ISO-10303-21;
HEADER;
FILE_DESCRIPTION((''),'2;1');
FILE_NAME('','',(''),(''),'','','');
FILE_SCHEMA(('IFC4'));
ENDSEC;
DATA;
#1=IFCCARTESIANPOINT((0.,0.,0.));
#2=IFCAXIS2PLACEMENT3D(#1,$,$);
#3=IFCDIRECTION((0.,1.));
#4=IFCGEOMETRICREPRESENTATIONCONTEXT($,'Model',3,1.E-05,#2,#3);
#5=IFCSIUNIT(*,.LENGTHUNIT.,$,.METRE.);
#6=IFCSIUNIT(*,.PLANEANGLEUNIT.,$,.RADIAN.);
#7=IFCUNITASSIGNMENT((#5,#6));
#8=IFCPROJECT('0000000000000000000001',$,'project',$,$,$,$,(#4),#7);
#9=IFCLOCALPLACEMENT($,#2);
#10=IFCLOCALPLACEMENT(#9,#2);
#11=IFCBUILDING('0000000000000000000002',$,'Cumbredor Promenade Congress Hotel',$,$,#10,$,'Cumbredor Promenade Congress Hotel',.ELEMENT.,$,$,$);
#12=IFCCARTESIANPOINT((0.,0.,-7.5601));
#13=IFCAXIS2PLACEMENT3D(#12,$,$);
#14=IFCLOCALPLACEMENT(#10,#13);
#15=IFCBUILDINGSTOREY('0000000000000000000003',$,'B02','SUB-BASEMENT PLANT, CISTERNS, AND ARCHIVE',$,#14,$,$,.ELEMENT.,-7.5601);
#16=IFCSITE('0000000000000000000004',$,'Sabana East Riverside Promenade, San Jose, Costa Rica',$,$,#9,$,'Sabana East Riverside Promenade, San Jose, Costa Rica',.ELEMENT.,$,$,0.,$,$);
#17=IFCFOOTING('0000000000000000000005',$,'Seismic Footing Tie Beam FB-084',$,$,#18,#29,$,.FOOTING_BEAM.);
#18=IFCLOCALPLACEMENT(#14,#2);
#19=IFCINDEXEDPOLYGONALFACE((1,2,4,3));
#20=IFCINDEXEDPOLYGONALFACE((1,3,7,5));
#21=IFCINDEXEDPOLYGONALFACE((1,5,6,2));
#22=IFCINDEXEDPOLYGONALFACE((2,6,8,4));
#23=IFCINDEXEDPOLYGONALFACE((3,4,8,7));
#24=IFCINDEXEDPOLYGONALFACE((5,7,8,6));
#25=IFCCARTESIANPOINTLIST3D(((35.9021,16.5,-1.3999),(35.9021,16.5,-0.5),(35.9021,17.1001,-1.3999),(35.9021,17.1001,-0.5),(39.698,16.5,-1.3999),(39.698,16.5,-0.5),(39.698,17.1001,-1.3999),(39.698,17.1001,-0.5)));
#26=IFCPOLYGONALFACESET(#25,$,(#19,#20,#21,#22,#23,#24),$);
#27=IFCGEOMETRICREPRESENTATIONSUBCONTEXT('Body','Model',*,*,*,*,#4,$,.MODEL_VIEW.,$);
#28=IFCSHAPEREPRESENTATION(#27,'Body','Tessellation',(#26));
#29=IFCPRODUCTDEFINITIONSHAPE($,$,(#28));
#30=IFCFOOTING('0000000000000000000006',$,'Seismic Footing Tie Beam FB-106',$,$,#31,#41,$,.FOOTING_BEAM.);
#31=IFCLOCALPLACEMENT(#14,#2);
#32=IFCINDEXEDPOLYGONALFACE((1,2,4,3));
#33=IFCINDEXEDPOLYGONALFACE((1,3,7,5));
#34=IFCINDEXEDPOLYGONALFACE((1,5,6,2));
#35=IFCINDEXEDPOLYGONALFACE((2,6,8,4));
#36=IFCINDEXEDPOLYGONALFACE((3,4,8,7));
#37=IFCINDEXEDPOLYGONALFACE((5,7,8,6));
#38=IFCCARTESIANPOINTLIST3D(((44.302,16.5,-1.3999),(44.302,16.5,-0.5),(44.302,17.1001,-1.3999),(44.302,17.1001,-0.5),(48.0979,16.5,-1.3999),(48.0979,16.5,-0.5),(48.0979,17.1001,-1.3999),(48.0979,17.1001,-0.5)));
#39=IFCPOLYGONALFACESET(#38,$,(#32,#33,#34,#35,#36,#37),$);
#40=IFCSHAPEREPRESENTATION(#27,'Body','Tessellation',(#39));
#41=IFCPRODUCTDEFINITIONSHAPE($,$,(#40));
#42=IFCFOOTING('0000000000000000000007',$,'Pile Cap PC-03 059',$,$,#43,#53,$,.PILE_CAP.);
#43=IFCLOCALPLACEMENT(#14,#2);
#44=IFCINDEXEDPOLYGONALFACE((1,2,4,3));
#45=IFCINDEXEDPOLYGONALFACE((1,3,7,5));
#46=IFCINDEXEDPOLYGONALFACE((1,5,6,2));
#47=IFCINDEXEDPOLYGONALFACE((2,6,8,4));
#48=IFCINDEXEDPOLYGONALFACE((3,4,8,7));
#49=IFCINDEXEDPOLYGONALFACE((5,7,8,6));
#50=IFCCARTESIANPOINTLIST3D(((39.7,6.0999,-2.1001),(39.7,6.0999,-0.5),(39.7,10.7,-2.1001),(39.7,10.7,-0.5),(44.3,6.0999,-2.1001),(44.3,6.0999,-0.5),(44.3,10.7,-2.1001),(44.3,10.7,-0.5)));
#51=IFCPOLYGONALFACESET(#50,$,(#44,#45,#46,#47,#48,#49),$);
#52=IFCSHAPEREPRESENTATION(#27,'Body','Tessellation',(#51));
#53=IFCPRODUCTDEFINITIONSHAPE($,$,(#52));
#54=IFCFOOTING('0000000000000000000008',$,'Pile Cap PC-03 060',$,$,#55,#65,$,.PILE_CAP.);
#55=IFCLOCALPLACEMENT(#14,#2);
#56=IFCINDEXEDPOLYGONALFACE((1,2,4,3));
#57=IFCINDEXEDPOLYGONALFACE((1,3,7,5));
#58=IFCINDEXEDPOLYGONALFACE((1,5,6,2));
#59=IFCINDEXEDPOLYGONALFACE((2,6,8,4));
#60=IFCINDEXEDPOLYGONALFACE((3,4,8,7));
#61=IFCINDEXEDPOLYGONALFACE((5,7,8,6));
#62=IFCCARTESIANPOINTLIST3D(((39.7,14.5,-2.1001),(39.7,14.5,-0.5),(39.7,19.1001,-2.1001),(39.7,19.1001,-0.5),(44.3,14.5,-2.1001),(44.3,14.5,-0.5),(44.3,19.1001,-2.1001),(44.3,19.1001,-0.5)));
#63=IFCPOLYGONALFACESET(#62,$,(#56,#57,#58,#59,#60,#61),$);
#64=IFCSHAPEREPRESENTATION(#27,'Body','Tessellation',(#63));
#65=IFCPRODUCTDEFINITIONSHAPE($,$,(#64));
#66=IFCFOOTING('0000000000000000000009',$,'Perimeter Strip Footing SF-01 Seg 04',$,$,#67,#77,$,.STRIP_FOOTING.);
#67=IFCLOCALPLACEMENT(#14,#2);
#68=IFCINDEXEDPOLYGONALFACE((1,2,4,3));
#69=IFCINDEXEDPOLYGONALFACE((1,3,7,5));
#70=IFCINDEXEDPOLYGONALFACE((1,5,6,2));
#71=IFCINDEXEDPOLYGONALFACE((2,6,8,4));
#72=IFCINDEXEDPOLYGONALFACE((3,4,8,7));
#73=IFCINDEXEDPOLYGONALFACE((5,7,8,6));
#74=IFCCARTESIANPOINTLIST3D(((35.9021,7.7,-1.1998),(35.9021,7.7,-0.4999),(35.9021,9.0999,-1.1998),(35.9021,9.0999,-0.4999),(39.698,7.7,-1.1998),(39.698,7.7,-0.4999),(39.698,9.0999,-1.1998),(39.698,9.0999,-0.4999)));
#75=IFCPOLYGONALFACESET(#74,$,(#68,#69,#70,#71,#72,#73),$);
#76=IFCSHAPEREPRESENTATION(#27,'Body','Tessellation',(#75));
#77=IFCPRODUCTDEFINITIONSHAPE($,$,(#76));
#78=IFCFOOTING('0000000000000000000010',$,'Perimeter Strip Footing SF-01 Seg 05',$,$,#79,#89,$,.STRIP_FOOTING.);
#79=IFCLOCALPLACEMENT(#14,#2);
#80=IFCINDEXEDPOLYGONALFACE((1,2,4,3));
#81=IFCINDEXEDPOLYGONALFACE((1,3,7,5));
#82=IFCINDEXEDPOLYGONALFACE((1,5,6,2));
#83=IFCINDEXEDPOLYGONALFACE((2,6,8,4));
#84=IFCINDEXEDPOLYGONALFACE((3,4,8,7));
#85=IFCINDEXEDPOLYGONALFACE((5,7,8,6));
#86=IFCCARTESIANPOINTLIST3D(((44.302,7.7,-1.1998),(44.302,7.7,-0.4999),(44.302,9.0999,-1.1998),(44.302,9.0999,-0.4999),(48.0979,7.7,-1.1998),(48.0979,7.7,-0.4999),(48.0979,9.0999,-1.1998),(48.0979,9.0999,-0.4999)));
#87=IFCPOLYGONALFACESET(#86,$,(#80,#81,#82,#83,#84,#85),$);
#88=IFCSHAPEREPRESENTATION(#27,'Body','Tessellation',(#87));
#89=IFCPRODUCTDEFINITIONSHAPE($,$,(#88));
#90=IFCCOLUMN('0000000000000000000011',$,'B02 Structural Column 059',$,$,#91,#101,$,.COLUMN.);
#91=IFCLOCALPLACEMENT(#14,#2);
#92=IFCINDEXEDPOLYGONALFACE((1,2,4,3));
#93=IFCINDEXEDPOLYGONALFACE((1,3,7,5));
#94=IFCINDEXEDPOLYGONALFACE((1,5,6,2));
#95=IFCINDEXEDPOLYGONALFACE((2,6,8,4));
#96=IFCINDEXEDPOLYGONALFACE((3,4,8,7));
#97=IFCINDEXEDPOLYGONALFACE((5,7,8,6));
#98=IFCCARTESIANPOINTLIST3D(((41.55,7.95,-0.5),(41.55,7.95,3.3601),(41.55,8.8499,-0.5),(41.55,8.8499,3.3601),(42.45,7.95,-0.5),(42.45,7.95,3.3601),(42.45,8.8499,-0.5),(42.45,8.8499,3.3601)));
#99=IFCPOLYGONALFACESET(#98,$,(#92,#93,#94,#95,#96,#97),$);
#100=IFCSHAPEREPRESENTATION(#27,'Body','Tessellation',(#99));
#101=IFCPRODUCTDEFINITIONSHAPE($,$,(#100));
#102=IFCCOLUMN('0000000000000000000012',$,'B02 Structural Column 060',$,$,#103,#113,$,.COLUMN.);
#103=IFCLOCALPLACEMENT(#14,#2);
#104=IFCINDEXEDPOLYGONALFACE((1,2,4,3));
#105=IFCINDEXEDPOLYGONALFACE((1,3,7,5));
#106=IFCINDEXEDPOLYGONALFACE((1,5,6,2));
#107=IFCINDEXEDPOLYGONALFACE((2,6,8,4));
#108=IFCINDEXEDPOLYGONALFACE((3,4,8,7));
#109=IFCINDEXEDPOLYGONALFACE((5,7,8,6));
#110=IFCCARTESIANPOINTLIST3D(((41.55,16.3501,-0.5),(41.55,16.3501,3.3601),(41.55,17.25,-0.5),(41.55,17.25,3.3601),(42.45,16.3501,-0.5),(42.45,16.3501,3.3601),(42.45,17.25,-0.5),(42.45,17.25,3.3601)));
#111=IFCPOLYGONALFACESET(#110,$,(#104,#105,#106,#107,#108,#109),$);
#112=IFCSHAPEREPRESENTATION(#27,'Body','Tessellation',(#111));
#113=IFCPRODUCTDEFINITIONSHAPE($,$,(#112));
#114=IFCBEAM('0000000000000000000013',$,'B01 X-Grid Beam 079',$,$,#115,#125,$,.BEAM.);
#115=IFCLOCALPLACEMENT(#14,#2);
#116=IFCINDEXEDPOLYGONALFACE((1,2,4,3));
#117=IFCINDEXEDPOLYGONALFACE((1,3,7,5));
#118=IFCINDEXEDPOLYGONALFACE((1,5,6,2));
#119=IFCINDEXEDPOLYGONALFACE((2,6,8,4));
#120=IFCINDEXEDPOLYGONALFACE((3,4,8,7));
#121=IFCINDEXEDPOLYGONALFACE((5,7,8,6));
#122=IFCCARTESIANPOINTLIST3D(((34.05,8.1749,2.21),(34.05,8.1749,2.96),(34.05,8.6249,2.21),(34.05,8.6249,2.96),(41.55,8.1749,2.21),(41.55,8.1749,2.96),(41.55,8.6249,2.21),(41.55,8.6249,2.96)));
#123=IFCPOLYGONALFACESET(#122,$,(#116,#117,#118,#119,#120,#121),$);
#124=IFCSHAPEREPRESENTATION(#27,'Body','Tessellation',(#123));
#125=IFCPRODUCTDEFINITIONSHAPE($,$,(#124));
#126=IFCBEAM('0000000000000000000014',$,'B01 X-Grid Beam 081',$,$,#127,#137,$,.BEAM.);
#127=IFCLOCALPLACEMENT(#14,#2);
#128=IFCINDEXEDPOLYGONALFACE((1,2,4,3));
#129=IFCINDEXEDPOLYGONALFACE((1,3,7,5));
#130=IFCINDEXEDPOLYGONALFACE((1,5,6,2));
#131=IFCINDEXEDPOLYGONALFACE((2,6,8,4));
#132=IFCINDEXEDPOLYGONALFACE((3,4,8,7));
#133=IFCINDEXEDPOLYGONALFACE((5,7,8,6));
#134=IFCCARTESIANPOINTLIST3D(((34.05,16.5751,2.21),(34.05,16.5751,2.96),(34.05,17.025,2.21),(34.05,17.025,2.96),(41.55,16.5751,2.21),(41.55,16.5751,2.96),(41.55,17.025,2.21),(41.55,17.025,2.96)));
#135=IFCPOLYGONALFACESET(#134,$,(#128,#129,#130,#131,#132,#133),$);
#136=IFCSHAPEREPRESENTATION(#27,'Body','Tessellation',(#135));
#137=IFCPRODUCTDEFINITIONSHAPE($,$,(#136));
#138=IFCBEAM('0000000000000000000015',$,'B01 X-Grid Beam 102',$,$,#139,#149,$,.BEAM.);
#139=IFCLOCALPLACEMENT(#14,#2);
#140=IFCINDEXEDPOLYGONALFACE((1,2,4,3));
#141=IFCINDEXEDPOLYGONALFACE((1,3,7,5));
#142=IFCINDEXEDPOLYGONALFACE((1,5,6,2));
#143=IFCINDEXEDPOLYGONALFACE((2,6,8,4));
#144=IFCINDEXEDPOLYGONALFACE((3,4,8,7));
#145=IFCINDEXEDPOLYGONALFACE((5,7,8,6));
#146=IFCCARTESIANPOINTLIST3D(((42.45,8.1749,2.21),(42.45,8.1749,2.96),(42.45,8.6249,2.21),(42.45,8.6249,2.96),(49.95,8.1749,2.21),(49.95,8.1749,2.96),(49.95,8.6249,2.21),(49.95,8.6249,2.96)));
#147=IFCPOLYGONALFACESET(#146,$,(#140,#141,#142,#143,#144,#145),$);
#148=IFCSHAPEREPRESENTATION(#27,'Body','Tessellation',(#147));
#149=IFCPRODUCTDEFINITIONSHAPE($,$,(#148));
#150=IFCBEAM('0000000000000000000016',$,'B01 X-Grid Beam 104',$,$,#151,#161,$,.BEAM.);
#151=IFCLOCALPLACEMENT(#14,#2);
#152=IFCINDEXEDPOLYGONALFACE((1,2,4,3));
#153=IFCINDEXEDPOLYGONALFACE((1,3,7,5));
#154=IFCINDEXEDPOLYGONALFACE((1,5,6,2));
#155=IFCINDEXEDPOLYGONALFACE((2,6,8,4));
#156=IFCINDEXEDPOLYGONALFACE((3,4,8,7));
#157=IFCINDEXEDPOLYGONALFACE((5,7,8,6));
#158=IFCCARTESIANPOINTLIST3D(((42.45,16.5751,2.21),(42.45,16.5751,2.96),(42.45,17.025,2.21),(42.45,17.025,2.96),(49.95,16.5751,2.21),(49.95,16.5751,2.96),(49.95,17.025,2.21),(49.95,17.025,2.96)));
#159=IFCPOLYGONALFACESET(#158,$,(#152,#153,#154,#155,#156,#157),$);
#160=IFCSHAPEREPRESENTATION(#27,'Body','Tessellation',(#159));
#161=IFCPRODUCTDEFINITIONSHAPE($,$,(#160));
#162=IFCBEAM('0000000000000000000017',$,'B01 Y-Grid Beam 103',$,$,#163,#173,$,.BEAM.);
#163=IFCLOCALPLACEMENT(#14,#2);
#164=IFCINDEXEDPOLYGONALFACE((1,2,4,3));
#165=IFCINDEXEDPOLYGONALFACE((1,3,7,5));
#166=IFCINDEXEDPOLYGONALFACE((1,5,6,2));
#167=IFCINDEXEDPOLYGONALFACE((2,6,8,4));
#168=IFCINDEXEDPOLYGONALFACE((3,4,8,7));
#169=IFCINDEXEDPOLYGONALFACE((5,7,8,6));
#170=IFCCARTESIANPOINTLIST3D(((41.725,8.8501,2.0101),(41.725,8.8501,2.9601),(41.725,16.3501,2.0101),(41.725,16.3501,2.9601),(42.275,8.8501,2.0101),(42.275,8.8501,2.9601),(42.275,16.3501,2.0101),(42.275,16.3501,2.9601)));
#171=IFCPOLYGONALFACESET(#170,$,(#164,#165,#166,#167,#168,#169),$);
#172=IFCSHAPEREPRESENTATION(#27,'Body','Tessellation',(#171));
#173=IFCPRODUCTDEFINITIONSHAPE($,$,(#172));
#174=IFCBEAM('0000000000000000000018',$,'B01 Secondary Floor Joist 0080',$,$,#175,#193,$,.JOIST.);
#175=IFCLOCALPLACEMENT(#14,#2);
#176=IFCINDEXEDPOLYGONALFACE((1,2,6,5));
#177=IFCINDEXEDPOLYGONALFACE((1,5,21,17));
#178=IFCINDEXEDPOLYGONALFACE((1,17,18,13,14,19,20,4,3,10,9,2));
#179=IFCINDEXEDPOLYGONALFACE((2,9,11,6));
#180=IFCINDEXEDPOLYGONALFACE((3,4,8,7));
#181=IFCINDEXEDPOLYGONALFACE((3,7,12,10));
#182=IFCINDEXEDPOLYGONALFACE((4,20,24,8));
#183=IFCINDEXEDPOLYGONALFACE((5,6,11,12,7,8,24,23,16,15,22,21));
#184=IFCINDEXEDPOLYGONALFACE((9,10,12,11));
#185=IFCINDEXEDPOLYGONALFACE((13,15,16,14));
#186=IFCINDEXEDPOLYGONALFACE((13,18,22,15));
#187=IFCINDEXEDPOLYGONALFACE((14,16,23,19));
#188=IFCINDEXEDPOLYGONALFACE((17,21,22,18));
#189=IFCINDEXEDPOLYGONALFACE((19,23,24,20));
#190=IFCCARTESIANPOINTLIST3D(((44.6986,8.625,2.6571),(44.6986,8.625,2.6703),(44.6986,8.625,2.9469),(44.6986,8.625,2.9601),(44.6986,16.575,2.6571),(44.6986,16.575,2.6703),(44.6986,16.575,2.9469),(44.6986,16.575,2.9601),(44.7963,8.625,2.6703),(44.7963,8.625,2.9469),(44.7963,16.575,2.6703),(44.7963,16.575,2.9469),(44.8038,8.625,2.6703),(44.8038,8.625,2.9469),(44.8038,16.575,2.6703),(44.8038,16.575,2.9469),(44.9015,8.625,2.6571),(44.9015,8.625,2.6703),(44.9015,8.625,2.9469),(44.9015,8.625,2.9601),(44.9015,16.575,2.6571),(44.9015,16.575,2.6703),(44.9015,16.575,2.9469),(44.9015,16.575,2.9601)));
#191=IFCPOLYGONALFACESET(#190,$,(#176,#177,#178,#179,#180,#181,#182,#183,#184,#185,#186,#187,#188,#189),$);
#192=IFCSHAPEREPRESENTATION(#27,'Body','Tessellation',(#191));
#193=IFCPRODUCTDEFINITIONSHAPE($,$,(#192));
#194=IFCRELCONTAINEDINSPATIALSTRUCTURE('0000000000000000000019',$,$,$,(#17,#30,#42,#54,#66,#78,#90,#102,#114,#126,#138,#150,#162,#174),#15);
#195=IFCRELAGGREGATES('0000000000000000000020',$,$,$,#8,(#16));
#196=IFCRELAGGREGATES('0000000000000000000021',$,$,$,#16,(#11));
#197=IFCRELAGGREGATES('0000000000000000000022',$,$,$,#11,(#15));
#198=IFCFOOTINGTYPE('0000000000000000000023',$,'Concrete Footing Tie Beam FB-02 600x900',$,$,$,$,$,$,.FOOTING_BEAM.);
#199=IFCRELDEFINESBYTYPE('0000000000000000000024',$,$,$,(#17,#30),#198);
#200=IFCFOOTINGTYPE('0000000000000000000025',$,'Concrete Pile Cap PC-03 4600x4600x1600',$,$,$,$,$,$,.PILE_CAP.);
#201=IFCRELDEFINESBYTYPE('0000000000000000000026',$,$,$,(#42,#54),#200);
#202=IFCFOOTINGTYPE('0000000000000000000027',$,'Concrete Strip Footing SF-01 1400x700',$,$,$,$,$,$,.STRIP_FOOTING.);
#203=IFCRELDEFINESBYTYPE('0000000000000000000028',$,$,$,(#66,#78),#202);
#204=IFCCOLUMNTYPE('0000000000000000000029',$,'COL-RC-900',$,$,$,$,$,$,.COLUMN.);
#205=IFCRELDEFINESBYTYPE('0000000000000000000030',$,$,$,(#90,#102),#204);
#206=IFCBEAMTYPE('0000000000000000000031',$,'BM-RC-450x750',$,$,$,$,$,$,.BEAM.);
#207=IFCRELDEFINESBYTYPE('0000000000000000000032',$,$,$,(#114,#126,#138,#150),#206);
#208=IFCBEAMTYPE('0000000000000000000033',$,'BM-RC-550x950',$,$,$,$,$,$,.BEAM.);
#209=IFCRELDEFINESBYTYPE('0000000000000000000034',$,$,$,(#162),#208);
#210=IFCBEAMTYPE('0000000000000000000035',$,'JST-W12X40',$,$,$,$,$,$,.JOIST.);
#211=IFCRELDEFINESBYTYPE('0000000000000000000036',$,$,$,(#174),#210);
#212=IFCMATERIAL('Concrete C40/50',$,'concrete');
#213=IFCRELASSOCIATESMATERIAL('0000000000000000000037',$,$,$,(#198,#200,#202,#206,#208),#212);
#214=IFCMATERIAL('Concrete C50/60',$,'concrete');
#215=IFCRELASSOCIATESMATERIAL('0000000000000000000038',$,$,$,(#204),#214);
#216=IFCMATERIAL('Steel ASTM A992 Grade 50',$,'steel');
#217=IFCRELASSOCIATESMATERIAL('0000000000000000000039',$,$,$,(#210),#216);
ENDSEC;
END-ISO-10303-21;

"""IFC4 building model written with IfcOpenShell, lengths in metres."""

from ifc_helpers import new_model, si_unit, direction, frame, origin, origin_2d, place, context, subcontext, project, spatial, rectangle, i_section, extrude, material, material_profile, profile_set, type_object, element, save


model = new_model("IFC4")

# Units and contexts
model_context = context("Model", 3, precision=1e-05, world=origin(), true_north=direction((0.0, 1.0)))
body_context = subcontext(model_context, "Body", "Model", "MODEL_VIEW")
ifc_project = project(units=[si_unit("LENGTHUNIT", "METRE"), si_unit("PLANEANGLEUNIT", "RADIAN")], contexts=[model_context])

# Site, building, storey
site_placement = place(None, origin())
site = spatial("IfcSite", under=ifc_project, at=site_placement, Name="Sabana East Riverside Promenade, San Jose, Costa Rica", LongName="Sabana East Riverside Promenade, San Jose, Costa Rica", CompositionType="ELEMENT", RefElevation=0.0)
building_placement = place(site_placement, origin())
building = spatial("IfcBuilding", under=site, at=building_placement, Name="Cumbredor Promenade Congress Hotel", LongName="Cumbredor Promenade Congress Hotel", CompositionType="ELEMENT")
storey_placement = place(building_placement, frame((0.0, 0.0, -7.5601)))
storey = spatial("IfcBuildingStorey", under=building, at=storey_placement, Name="B02", Description="SUB-BASEMENT PLANT, CISTERNS, AND ARCHIVE", CompositionType="ELEMENT", Elevation=-7.5601)

# Shared definitions
ifc_material_1 = material(Name="Concrete C40/50", Category="concrete")

# Footings
ifc_material_profile_1 = material_profile(ifc_material_1, rectangle(XDim=0.6001, YDim=0.8999, at=origin_2d()), Name="FB 600x900")
ifc_profile_set_1 = profile_set([ifc_material_profile_1], Name="Concrete C40/50")
footing_type_1 = type_object("IfcFootingType", Name="Concrete Footing Tie Beam FB-02 600x900", PredefinedType="FOOTING_BEAM", material=ifc_profile_set_1)
for number, where, z_axis, x_axis, name in (
    (1, (35.9021, 16.8, -0.95), (1.0, 0.0, 0.0), (0.0, 1.0, 0.0), "Seismic Footing Tie Beam FB-084"),
    (2, (44.302, 16.8, -0.95), (1.0, 0.0, 0.0), (0.0, 1.0, 0.0), "Seismic Footing Tie Beam FB-106"),
):
    element("IfcFooting", number, at=place(storey_placement, frame(where, z_axis=z_axis, x_axis=x_axis)), inside=storey, type_object=footing_type_1, Name=name, PredefinedType="FOOTING_BEAM", context=body_context, shape_type="SweptSolid", body=[
        extrude(rectangle(XDim=0.6001, YDim=0.8999, at=origin_2d()), origin(), (0.0, 0.0, 1.0), 3.7959),
    ])
footing_type_2 = type_object("IfcFootingType", Name="Concrete Pile Cap PC-03 4600x4600x1600", PredefinedType="PILE_CAP", material=ifc_material_1)
for number, where, z_axis, x_axis, name in (
    (3, (42.0, 8.3999, -2.1001), (0.0, 0.0, 1.0), (1.0, 0.0, 0.0), "Pile Cap PC-03 059"),
    (4, (42.0, 16.8, -2.1001), (0.0, 0.0, 1.0), (1.0, 0.0, 0.0), "Pile Cap PC-03 060"),
):
    element("IfcFooting", number, at=place(storey_placement, frame(where, z_axis=z_axis, x_axis=x_axis)), inside=storey, type_object=footing_type_2, Name=name, PredefinedType="PILE_CAP", context=body_context, shape_type="SweptSolid", body=[
        extrude(rectangle(XDim=4.6001, YDim=4.6001, at=origin_2d()), origin(), (0.0, 0.0, 1.0), 1.6001),
    ])
ifc_material_profile_2 = material_profile(ifc_material_1, rectangle(XDim=1.3999, YDim=0.7, at=origin_2d()), Name="SF 1400x700")
ifc_profile_set_2 = profile_set([ifc_material_profile_2], Name="Concrete C40/50")
footing_type_3 = type_object("IfcFootingType", Name="Concrete Strip Footing SF-01 1400x700", PredefinedType="STRIP_FOOTING", material=ifc_profile_set_2)
for number, where, z_axis, x_axis, name in (
    (5, (35.9021, 8.3999, -0.8499), (1.0, 0.0, 0.0), (0.0, 1.0, 0.0), "Perimeter Strip Footing SF-01 Seg 04"),
    (6, (44.302, 8.3999, -0.8499), (1.0, 0.0, 0.0), (0.0, 1.0, 0.0), "Perimeter Strip Footing SF-01 Seg 05"),
):
    element("IfcFooting", number, at=place(storey_placement, frame(where, z_axis=z_axis, x_axis=x_axis)), inside=storey, type_object=footing_type_3, Name=name, PredefinedType="STRIP_FOOTING", context=body_context, shape_type="SweptSolid", body=[
        extrude(rectangle(XDim=1.3999, YDim=0.7, at=origin_2d()), origin(), (0.0, 0.0, 1.0), 3.7959),
    ])

# Columns
ifc_material_2 = material(Name="Concrete C50/60", Category="concrete")
ifc_material_profile_3 = material_profile(ifc_material_2, rectangle(XDim=0.8999, YDim=0.8999, at=origin_2d()), Name="RC 900x900")
ifc_profile_set_3 = profile_set([ifc_material_profile_3], Name="Concrete C50/60")
column_type = type_object("IfcColumnType", Name="COL-RC-900", PredefinedType="COLUMN", material=ifc_profile_set_3)
for number, where, z_axis, x_axis, name in (
    (7, (42.0, 8.3999, -0.5), (0.0, 0.0, 1.0), (1.0, 0.0, 0.0), "B02 Structural Column 059"),
    (8, (42.0, 16.8, -0.5), (0.0, 0.0, 1.0), (1.0, 0.0, 0.0), "B02 Structural Column 060"),
):
    element("IfcColumn", number, at=place(storey_placement, frame(where, z_axis=z_axis, x_axis=x_axis)), inside=storey, type_object=column_type, Name=name, PredefinedType="COLUMN", context=body_context, shape_type="SweptSolid", body=[
        extrude(rectangle(XDim=0.8999, YDim=0.8999, at=origin_2d()), origin(), (0.0, 0.0, 1.0), 3.8601),
    ])

# Beams
ifc_material_profile_4 = material_profile(ifc_material_1, rectangle(XDim=0.45, YDim=0.75, at=origin_2d()), Name="RC BEAM 450x750")
ifc_profile_set_4 = profile_set([ifc_material_profile_4], Name="Concrete C40/50")
beam_type_1 = type_object("IfcBeamType", Name="BM-RC-450x750", PredefinedType="BEAM", material=ifc_profile_set_4)
for number, where, z_axis, x_axis, name in (
    (9, (34.05, 8.3999, 2.585), (1.0, 0.0, 0.0), (0.0, 1.0, 0.0), "B01 X-Grid Beam 079"),
    (10, (34.05, 16.8, 2.585), (1.0, 0.0, 0.0), (0.0, 1.0, 0.0), "B01 X-Grid Beam 081"),
    (11, (42.45, 8.3999, 2.585), (1.0, 0.0, 0.0), (0.0, 1.0, 0.0), "B01 X-Grid Beam 102"),
    (12, (42.45, 16.8, 2.585), (1.0, 0.0, 0.0), (0.0, 1.0, 0.0), "B01 X-Grid Beam 104"),
):
    element("IfcBeam", number, at=place(storey_placement, frame(where, z_axis=z_axis, x_axis=x_axis)), inside=storey, type_object=beam_type_1, Name=name, PredefinedType="BEAM", context=body_context, shape_type="SweptSolid", body=[
        extrude(rectangle(XDim=0.45, YDim=0.75, at=origin_2d()), origin(), (0.0, 0.0, 1.0), 7.5),
    ])
ifc_material_profile_5 = material_profile(ifc_material_1, rectangle(XDim=0.55, YDim=0.95, at=origin_2d()), Name="RC BEAM 550x950")
ifc_profile_set_5 = profile_set([ifc_material_profile_5], Name="Concrete C40/50")
beam_type_2 = type_object("IfcBeamType", Name="BM-RC-550x950", PredefinedType="BEAM", material=ifc_profile_set_5)
beam_placement = place(storey_placement, frame((42.0, 8.8501, 2.4851), z_axis=(0.0, 1.0, 0.0), x_axis=(-1.0, 0.0, 0.0)))
element("IfcBeam", 13, at=beam_placement, inside=storey, type_object=beam_type_2, Name="B01 Y-Grid Beam 103", PredefinedType="BEAM", context=body_context, shape_type="SweptSolid", body=[
    extrude(rectangle(XDim=0.55, YDim=0.95, at=origin_2d()), origin(), (0.0, 0.0, 1.0), 7.5),
])
ifc_material_3 = material(Name="Steel ASTM A992 Grade 50", Category="steel")
ifc_material_profile_6 = material_profile(ifc_material_3, i_section(OverallWidth=0.2029, OverallDepth=0.303, WebThickness=0.0076, FlangeThickness=0.0132, at=origin_2d()), Name="W12X40")
ifc_profile_set_6 = profile_set([ifc_material_profile_6], Name="Steel ASTM A992 Grade 50")
beam_type_3 = type_object("IfcBeamType", Name="JST-W12X40", PredefinedType="JOIST", material=ifc_profile_set_6)
for number, where, z_axis, x_axis, name in (
    (14, (44.8, 8.625, 2.8086), (0.0, 1.0, 0.0), (-1.0, 0.0, 0.0), "B01 Secondary Floor Joist 0080"),
):
    element("IfcBeam", number, at=place(storey_placement, frame(where, z_axis=z_axis, x_axis=x_axis)), inside=storey, type_object=beam_type_3, Name=name, PredefinedType="JOIST", context=body_context, shape_type="SweptSolid", body=[
        extrude(i_section(OverallWidth=0.2029, OverallDepth=0.303, WebThickness=0.0076, FlangeThickness=0.0132, at=origin_2d()), origin(), (0.0, 0.0, 1.0), 7.95),
    ])

save(model, "model.ifc")
